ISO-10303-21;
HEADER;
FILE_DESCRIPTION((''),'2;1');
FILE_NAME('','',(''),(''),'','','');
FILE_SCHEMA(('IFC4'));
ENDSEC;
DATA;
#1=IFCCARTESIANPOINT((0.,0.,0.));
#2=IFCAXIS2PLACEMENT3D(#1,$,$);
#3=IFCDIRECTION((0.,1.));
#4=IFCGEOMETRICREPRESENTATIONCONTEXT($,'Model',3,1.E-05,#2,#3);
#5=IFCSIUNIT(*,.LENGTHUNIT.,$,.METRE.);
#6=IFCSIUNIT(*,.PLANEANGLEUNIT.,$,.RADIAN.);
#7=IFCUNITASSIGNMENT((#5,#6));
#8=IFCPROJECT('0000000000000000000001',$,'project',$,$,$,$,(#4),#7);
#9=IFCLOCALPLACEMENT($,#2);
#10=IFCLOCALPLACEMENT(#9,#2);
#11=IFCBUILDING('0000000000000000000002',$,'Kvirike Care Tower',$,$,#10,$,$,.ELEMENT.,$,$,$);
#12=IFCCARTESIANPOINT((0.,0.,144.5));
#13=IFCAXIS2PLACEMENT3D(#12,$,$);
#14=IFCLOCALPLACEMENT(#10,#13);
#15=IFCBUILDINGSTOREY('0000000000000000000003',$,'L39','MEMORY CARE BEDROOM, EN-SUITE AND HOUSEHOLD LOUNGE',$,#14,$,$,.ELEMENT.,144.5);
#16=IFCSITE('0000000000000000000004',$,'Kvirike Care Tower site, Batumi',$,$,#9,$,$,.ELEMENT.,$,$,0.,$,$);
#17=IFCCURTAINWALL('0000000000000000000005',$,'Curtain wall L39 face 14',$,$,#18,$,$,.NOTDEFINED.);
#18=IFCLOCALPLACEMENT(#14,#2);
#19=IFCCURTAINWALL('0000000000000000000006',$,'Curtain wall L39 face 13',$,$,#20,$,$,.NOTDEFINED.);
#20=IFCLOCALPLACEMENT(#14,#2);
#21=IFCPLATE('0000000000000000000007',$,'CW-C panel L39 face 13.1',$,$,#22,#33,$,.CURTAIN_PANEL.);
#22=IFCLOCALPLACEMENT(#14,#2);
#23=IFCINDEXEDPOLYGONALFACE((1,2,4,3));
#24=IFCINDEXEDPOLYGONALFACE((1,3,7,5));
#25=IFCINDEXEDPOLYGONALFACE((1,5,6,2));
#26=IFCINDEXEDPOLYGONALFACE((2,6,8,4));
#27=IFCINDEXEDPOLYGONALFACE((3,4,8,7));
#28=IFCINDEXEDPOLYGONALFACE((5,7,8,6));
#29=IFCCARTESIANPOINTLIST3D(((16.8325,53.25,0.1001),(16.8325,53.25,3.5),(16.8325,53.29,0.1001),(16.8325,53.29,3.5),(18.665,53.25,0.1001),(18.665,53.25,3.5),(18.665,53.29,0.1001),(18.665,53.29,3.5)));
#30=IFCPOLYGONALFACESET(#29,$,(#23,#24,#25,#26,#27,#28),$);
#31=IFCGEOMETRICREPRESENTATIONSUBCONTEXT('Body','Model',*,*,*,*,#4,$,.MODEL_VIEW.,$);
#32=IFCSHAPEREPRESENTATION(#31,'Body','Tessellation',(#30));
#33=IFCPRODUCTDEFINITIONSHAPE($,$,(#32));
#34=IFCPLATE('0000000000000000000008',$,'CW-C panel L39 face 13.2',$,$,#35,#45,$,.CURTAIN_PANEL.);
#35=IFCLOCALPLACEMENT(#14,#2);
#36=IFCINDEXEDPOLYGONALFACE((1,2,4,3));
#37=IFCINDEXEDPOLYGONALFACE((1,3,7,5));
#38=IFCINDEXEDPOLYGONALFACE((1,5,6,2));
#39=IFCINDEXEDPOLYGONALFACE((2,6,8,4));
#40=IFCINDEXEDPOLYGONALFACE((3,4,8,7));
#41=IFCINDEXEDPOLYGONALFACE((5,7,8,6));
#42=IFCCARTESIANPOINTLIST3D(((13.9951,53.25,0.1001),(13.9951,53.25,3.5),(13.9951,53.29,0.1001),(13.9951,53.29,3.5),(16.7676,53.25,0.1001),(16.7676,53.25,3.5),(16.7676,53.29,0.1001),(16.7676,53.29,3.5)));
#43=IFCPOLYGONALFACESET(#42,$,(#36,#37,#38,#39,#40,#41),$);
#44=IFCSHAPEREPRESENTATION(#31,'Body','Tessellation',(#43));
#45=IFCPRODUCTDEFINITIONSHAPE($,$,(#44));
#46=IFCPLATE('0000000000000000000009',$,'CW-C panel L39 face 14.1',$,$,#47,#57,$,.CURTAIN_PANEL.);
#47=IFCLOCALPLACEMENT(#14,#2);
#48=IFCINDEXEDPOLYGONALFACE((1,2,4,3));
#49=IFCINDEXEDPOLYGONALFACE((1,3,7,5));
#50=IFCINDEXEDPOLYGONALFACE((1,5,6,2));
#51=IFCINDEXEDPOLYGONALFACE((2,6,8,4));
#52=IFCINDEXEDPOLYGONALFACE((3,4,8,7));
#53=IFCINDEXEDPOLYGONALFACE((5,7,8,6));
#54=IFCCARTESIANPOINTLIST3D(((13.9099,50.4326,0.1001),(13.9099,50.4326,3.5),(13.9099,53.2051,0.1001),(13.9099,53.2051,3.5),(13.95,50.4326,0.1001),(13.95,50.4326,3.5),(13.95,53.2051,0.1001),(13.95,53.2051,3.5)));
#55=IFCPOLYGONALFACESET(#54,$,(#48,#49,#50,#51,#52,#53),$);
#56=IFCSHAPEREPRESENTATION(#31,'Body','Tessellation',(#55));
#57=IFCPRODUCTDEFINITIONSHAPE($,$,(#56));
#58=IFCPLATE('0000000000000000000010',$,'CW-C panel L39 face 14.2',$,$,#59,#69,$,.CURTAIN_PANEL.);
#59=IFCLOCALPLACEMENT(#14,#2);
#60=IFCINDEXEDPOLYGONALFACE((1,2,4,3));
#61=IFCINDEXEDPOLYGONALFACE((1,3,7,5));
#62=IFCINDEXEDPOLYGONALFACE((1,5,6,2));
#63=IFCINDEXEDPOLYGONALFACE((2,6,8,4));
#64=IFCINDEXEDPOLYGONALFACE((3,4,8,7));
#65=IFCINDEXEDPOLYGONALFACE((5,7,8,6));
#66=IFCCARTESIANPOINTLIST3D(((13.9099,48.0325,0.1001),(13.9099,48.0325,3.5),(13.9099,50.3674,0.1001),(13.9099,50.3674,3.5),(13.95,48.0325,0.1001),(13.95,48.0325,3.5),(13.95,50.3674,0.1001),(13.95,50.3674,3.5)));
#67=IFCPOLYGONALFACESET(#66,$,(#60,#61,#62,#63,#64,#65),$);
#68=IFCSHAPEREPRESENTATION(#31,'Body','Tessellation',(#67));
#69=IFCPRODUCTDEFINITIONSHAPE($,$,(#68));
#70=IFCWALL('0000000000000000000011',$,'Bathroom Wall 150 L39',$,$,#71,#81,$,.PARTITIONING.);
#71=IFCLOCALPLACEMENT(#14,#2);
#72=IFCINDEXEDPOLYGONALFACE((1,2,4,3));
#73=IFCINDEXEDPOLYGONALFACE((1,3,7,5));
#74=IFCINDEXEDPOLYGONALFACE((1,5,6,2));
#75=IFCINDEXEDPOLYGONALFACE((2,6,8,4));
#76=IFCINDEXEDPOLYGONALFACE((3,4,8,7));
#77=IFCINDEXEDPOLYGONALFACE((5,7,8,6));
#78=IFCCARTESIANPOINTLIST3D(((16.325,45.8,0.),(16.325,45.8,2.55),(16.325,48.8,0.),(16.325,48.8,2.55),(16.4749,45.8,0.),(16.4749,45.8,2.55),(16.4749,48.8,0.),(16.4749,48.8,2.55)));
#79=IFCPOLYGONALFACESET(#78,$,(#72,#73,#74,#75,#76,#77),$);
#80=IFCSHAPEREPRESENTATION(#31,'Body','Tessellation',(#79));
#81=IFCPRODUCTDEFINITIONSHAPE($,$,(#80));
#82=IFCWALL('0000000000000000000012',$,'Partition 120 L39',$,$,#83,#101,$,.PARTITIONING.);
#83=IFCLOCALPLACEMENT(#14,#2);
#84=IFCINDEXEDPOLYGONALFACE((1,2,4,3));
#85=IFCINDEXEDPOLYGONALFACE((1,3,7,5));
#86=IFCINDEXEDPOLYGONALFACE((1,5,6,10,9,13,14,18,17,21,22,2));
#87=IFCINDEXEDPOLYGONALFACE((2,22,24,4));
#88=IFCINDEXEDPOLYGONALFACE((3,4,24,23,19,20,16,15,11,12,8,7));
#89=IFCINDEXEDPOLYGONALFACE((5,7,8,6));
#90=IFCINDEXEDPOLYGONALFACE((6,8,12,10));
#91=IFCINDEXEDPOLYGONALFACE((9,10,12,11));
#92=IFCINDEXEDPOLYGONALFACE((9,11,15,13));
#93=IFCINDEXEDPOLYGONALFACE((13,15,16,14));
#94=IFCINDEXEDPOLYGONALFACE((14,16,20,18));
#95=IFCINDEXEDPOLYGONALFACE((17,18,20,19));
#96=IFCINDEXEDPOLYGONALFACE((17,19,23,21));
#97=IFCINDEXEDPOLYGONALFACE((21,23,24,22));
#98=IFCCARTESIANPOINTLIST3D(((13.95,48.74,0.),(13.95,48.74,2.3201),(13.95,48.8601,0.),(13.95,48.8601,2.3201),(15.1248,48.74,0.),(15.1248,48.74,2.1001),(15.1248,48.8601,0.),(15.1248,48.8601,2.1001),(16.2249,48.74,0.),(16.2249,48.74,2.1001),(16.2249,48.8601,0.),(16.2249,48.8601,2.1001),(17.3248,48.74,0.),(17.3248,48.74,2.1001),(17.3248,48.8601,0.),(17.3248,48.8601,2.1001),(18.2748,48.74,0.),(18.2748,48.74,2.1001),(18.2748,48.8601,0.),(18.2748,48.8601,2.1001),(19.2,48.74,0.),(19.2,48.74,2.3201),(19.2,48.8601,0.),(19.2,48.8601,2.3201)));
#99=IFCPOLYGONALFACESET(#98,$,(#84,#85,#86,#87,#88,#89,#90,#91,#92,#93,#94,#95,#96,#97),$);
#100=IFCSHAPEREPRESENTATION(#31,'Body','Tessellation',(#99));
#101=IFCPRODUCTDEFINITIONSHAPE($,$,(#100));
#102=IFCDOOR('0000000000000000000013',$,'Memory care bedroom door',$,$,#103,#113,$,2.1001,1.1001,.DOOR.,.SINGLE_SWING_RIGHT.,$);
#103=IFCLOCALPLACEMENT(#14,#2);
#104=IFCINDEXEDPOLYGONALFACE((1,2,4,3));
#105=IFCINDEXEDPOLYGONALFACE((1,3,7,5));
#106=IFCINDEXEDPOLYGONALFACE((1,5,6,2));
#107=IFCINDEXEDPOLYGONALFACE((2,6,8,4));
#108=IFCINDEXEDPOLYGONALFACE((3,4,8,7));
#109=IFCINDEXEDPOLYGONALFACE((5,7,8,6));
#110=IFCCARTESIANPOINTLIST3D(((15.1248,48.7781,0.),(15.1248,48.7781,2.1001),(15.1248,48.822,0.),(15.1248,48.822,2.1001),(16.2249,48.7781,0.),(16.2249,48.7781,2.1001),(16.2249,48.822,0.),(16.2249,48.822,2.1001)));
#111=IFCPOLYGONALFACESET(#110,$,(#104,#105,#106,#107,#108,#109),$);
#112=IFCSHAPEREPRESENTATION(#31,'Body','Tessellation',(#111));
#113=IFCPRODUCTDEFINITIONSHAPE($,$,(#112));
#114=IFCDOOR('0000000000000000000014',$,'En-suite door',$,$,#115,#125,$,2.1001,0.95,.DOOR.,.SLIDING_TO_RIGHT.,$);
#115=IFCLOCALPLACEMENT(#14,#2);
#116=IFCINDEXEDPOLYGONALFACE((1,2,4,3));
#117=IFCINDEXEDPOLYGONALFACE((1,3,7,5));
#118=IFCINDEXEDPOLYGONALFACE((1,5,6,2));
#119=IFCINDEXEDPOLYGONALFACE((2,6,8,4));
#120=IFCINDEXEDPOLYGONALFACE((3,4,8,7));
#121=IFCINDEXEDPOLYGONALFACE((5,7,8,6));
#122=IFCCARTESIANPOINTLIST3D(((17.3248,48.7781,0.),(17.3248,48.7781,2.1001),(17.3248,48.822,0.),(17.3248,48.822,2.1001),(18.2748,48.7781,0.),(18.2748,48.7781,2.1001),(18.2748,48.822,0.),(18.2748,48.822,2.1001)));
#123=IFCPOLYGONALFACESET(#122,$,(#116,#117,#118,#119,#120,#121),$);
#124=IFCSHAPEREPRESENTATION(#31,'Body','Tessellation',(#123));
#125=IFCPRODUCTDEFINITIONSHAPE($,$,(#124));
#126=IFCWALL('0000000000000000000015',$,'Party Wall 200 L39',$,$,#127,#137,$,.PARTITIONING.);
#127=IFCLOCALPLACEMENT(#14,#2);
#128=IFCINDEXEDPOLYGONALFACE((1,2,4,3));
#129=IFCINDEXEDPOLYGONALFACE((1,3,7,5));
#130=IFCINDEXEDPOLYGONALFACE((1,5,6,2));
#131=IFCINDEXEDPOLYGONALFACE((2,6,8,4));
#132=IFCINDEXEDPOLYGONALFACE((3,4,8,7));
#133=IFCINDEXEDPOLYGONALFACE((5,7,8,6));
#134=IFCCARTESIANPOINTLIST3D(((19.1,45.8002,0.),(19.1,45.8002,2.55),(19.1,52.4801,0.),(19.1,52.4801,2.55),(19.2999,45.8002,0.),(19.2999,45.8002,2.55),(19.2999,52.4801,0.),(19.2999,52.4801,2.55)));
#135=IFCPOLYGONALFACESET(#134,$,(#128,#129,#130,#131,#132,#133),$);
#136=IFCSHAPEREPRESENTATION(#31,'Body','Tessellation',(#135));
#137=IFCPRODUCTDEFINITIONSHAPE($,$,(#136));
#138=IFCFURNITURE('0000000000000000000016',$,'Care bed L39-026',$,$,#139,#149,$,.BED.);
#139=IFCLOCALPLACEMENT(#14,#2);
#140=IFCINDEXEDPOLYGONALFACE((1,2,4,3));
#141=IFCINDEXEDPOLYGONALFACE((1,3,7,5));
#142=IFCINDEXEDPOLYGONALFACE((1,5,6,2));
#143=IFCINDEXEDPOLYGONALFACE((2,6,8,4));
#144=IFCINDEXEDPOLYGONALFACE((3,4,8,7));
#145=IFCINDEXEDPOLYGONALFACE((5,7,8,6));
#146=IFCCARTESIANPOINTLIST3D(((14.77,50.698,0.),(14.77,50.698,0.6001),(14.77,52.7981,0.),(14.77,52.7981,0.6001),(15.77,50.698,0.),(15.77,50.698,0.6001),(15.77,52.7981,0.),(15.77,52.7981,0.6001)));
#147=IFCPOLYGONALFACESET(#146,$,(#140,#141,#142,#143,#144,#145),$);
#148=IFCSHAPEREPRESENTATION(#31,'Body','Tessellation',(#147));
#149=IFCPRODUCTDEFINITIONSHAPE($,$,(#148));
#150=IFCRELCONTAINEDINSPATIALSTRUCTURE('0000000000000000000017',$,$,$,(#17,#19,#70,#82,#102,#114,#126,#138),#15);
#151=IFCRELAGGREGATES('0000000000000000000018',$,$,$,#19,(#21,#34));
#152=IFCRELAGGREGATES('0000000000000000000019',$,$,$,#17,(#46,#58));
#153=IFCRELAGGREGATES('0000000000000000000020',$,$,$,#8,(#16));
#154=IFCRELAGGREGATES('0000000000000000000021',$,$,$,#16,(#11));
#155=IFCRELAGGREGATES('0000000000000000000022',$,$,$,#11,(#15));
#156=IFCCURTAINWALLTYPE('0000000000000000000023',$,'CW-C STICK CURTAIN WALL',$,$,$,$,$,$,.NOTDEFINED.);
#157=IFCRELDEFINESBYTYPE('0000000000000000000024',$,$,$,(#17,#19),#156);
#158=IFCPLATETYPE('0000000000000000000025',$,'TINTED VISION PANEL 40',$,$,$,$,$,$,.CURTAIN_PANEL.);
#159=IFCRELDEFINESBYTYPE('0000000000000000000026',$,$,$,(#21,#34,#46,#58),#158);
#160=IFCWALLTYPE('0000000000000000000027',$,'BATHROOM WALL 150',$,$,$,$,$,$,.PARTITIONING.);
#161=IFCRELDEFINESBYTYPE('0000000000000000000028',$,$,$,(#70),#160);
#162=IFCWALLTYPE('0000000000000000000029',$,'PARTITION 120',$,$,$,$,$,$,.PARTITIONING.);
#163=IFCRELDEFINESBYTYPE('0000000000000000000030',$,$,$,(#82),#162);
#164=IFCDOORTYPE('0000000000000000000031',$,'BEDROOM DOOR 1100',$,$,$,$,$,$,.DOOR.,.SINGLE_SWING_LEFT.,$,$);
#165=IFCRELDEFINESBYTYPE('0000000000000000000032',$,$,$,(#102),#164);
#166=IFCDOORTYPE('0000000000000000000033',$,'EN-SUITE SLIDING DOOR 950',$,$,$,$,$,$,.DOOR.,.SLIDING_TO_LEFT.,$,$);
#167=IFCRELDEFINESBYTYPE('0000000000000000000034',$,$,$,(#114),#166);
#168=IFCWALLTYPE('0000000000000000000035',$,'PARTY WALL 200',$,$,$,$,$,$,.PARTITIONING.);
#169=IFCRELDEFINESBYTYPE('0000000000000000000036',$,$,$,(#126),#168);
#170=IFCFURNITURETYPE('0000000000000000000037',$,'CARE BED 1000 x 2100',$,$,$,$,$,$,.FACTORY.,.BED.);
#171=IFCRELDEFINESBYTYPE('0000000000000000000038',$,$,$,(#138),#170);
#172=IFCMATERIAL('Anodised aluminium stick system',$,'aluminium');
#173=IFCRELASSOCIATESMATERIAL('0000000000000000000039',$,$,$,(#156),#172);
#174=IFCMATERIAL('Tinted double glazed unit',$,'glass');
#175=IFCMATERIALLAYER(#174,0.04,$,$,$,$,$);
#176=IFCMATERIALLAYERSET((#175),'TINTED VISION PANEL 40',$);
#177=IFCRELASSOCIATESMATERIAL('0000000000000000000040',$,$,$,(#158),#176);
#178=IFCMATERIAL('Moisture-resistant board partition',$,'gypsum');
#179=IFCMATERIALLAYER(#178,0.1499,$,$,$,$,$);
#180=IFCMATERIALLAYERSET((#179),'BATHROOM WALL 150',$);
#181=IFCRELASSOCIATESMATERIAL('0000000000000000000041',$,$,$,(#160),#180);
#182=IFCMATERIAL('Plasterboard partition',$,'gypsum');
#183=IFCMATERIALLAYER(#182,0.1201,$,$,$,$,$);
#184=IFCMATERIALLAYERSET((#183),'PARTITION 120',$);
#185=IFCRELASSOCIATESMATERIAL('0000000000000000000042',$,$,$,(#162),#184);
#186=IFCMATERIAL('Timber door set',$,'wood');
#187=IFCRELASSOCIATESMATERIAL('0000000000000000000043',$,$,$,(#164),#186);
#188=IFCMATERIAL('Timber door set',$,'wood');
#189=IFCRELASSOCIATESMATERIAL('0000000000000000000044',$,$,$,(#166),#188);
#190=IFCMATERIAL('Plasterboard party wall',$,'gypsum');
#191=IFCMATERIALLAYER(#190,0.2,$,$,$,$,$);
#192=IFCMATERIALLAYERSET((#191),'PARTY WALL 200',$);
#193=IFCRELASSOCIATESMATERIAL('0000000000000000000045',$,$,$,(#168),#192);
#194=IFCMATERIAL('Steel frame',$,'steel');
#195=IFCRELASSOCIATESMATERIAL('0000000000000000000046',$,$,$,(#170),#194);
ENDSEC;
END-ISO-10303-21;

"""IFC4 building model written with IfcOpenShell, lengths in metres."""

from ifc_helpers import new_model, si_unit, direction, frame, frame_2d, origin, origin_2d, place, context, subcontext, project, spatial, rectangle, extrude, material, layer, layer_set, type_object, element, fill, aggregate, save


model = new_model("IFC4")

# Units and contexts
model_context = context("Model", 3, precision=1e-05, world=origin(), true_north=direction((0.0, 1.0)))
body_context = subcontext(model_context, "Body", "Model", "MODEL_VIEW")
ifc_project = project(units=[si_unit("LENGTHUNIT", "METRE"), si_unit("PLANEANGLEUNIT", "RADIAN")], contexts=[model_context])

# Site, building, storey
site_placement = place(None, origin())
site = spatial("IfcSite", under=ifc_project, at=site_placement, Name="Kvirike Care Tower site, Batumi", CompositionType="ELEMENT", RefElevation=0.0)
building_placement = place(site_placement, origin())
building = spatial("IfcBuilding", under=site, at=building_placement, Name="Kvirike Care Tower", CompositionType="ELEMENT")
storey_placement = place(building_placement, frame((0.0, 0.0, 144.5)))
storey = spatial("IfcBuildingStorey", under=building, at=storey_placement, Name="L39", Description="MEMORY CARE BEDROOM, EN-SUITE AND HOUSEHOLD LOUNGE", CompositionType="ELEMENT", Elevation=144.5)

# Curtain wall
ifc_material_1 = material(Name="Anodised aluminium stick system", Category="aluminium")
curtain_wall_type = type_object("IfcCurtainWallType", Name="CW-C STICK CURTAIN WALL", PredefinedType="NOTDEFINED", material=ifc_material_1)
curtain_wall_1_placement = place(storey_placement, origin())
curtain_wall_1 = element("IfcCurtainWall", 1, at=curtain_wall_1_placement, inside=storey, type_object=curtain_wall_type, Name="Curtain wall L39 face 14", PredefinedType="NOTDEFINED")

# Curtain wall
curtain_wall_2_placement = place(storey_placement, origin())
curtain_wall_2 = element("IfcCurtainWall", 2, at=curtain_wall_2_placement, inside=storey, type_object=curtain_wall_type, Name="Curtain wall L39 face 13", PredefinedType="NOTDEFINED")

# Plates
ifc_material_2 = material(Name="Tinted double glazed unit", Category="glass")
ifc_layer_1 = layer(ifc_material_2, 0.04)
ifc_layer_set_1 = layer_set([ifc_layer_1], Name="TINTED VISION PANEL 40")
plate_type = type_object("IfcPlateType", Name="TINTED VISION PANEL 40", PredefinedType="CURTAIN_PANEL", material=ifc_layer_set_1)
plate_1_placement = place(storey_placement, frame((17.7488, 53.27, 0.1001), z_axis=(0.0, 0.0, 1.0), x_axis=(-1.0, 0.0, 0.0)))
plate_1 = element("IfcPlate", 3, at=plate_1_placement, type_object=plate_type, Name="CW-C panel L39 face 13.1", PredefinedType="CURTAIN_PANEL", context=body_context, shape_type="SweptSolid", body=[
    extrude(rectangle(XDim=1.8325, YDim=0.04, at=origin_2d()), origin(), (0.0, 0.0, 1.0), 3.3999),
])
plate_2_placement = place(storey_placement, frame((15.3813, 53.27, 0.1001), z_axis=(0.0, 0.0, 1.0), x_axis=(-1.0, 0.0, 0.0)))
plate_2 = element("IfcPlate", 4, at=plate_2_placement, type_object=plate_type, Name="CW-C panel L39 face 13.2", PredefinedType="CURTAIN_PANEL", context=body_context, shape_type="SweptSolid", body=[
    extrude(rectangle(XDim=2.7725, YDim=0.04, at=origin_2d()), origin(), (0.0, 0.0, 1.0), 3.3999),
])
aggregate(curtain_wall_2, [plate_1, plate_2])
plate_3_placement = place(storey_placement, frame((13.9299, 51.8188, 0.1001), z_axis=(0.0, 0.0, 1.0), x_axis=(0.0, -1.0, 0.0)))
plate_3 = element("IfcPlate", 5, at=plate_3_placement, type_object=plate_type, Name="CW-C panel L39 face 14.1", PredefinedType="CURTAIN_PANEL", context=body_context, shape_type="SweptSolid", body=[
    extrude(rectangle(XDim=2.7725, YDim=0.04, at=origin_2d()), origin(), (0.0, 0.0, 1.0), 3.3999),
])
plate_4_placement = place(storey_placement, frame((13.9299, 49.2, 0.1001), z_axis=(0.0, 0.0, 1.0), x_axis=(0.0, -1.0, 0.0)))
plate_4 = element("IfcPlate", 6, at=plate_4_placement, type_object=plate_type, Name="CW-C panel L39 face 14.2", PredefinedType="CURTAIN_PANEL", context=body_context, shape_type="SweptSolid", body=[
    extrude(rectangle(XDim=2.335, YDim=0.04, at=origin_2d()), origin(), (0.0, 0.0, 1.0), 3.3999),
])
aggregate(curtain_wall_1, [plate_3, plate_4])

# Wall
ifc_material_3 = material(Name="Moisture-resistant board partition", Category="gypsum")
ifc_layer_2 = layer(ifc_material_3, 0.1499)
ifc_layer_set_2 = layer_set([ifc_layer_2], Name="BATHROOM WALL 150")
wall_type_1 = type_object("IfcWallType", Name="BATHROOM WALL 150", PredefinedType="PARTITIONING", material=ifc_layer_set_2)
wall_1_placement = place(storey_placement, frame((16.3999, 48.8, 0.0), z_axis=(0.0, 0.0, 1.0), x_axis=(0.0, -1.0, 0.0)))
element("IfcWall", 7, at=wall_1_placement, inside=storey, type_object=wall_type_1, Name="Bathroom Wall 150 L39", PredefinedType="PARTITIONING", context=body_context, shape_type="SweptSolid", body=[
    extrude(rectangle(XDim=3.0, YDim=0.1499, at=frame_2d((1.5, 0.0))), origin(), (0.0, 0.0, 1.0), 2.55),
])

# Wall, openings, doors
ifc_material_4 = material(Name="Plasterboard partition", Category="gypsum")
ifc_layer_3 = layer(ifc_material_4, 0.1201)
ifc_layer_set_3 = layer_set([ifc_layer_3], Name="PARTITION 120")
wall_type_2 = type_object("IfcWallType", Name="PARTITION 120", PredefinedType="PARTITIONING", material=ifc_layer_set_3)
wall_2_placement = place(storey_placement, frame((19.2, 48.8, 0.0), z_axis=(0.0, 0.0, 1.0), x_axis=(-1.0, 0.0, 0.0)))
wall_2 = element("IfcWall", 8, at=wall_2_placement, inside=storey, type_object=wall_type_2, Name="Partition 120 L39", PredefinedType="PARTITIONING", context=body_context, shape_type="SweptSolid", body=[
    extrude(rectangle(XDim=5.25, YDim=0.1201, at=frame_2d((2.625, 0.0))), origin(), (0.0, 0.0, 1.0), 2.3201),
])
opening_1_placement = place(wall_2_placement, frame((2.9751, 0.0, 0.0)))
opening_1 = element("IfcOpeningElement", 9, at=opening_1_placement, cuts=wall_2, PredefinedType="OPENING", context=body_context, shape_type="SweptSolid", body=[
    extrude(rectangle(XDim=1.1001, YDim=2.1001, at=frame_2d((0.55, 1.05))), frame((0.0, 0.0706, 0.0), z_axis=(0.0, -1.0, 0.0), x_axis=(1.0, 0.0, 0.0)), (0.0, 0.0, 1.0), 0.1411),
])
opening_2_placement = place(wall_2_placement, frame((0.925, 0.0, 0.0)))
opening_2 = element("IfcOpeningElement", 10, at=opening_2_placement, cuts=wall_2, PredefinedType="OPENING", context=body_context, shape_type="SweptSolid", body=[
    extrude(rectangle(XDim=0.95, YDim=2.1001, at=frame_2d((0.4751, 1.05))), frame((0.0, 0.0706, 0.0), z_axis=(0.0, -1.0, 0.0), x_axis=(1.0, 0.0, 0.0)), (0.0, 0.0, 1.0), 0.1411),
])
ifc_material_5 = material(Name="Timber door set", Category="wood")
door_type_1 = type_object("IfcDoorType", Name="BEDROOM DOOR 1100", OperationType="SINGLE_SWING_LEFT", PredefinedType="DOOR", material=ifc_material_5)
door_1_placement = place(opening_1_placement, origin())
door_1 = element("IfcDoor", 11, at=door_1_placement, inside=storey, type_object=door_type_1, Name="Memory care bedroom door", OperationType="SINGLE_SWING_RIGHT", OverallHeight=2.1001, OverallWidth=1.1001, PredefinedType="DOOR", context=body_context, shape_type="SweptSolid", body=[
    extrude(rectangle(XDim=1.1001, YDim=2.1001, at=frame_2d((0.55, 1.05))), frame((0.0, 0.022, 0.0), z_axis=(0.0, -1.0, 0.0), x_axis=(1.0, 0.0, 0.0)), (0.0, 0.0, 1.0), 0.0439),
])
fill(opening_1, door_1)
ifc_material_6 = material(Name="Timber door set", Category="wood")
door_type_2 = type_object("IfcDoorType", Name="EN-SUITE SLIDING DOOR 950", OperationType="SLIDING_TO_LEFT", PredefinedType="DOOR", material=ifc_material_6)
door_2_placement = place(opening_2_placement, origin())
door_2 = element("IfcDoor", 12, at=door_2_placement, inside=storey, type_object=door_type_2, Name="En-suite door", OperationType="SLIDING_TO_RIGHT", OverallHeight=2.1001, OverallWidth=0.95, PredefinedType="DOOR", context=body_context, shape_type="SweptSolid", body=[
    extrude(rectangle(XDim=0.95, YDim=2.1001, at=frame_2d((0.4751, 1.05))), frame((0.0, 0.022, 0.0), z_axis=(0.0, -1.0, 0.0), x_axis=(1.0, 0.0, 0.0)), (0.0, 0.0, 1.0), 0.0439),
])
fill(opening_2, door_2)

# Wall
ifc_material_7 = material(Name="Plasterboard party wall", Category="gypsum")
ifc_layer_4 = layer(ifc_material_7, 0.2)
ifc_layer_set_4 = layer_set([ifc_layer_4], Name="PARTY WALL 200")
wall_type_3 = type_object("IfcWallType", Name="PARTY WALL 200", PredefinedType="PARTITIONING", material=ifc_layer_set_4)
wall_3_placement = place(storey_placement, frame((19.2, 52.48, 0.0), z_axis=(0.0, 0.0, 1.0), x_axis=(0.0, -1.0, 0.0)))
element("IfcWall", 13, at=wall_3_placement, inside=storey, type_object=wall_type_3, Name="Party Wall 200 L39", PredefinedType="PARTITIONING", context=body_context, shape_type="SweptSolid", body=[
    extrude(rectangle(XDim=6.6799, YDim=0.2, at=frame_2d((3.3398, 0.0))), origin(), (0.0, 0.0, 1.0), 2.55),
])

# Furniture
ifc_material_8 = material(Name="Steel frame", Category="steel")
furniture_type = type_object("IfcFurnitureType", Name="CARE BED 1000 x 2100", AssemblyPlace="FACTORY", PredefinedType="BED", material=ifc_material_8)
furniture_placement = place(storey_placement, frame((15.27, 51.748, 0.0), z_axis=(0.0, 0.0, 1.0), x_axis=(1.0, 0.0, 0.0)))
element("IfcFurniture", 14, at=furniture_placement, inside=storey, type_object=furniture_type, Name="Care bed L39-026", PredefinedType="BED", context=body_context, shape_type="SweptSolid", body=[
    extrude(rectangle(XDim=1.0, YDim=2.1001, at=origin_2d()), origin(), (0.0, 0.0, 1.0), 0.6001),
])

save(model, "model.ifc")
